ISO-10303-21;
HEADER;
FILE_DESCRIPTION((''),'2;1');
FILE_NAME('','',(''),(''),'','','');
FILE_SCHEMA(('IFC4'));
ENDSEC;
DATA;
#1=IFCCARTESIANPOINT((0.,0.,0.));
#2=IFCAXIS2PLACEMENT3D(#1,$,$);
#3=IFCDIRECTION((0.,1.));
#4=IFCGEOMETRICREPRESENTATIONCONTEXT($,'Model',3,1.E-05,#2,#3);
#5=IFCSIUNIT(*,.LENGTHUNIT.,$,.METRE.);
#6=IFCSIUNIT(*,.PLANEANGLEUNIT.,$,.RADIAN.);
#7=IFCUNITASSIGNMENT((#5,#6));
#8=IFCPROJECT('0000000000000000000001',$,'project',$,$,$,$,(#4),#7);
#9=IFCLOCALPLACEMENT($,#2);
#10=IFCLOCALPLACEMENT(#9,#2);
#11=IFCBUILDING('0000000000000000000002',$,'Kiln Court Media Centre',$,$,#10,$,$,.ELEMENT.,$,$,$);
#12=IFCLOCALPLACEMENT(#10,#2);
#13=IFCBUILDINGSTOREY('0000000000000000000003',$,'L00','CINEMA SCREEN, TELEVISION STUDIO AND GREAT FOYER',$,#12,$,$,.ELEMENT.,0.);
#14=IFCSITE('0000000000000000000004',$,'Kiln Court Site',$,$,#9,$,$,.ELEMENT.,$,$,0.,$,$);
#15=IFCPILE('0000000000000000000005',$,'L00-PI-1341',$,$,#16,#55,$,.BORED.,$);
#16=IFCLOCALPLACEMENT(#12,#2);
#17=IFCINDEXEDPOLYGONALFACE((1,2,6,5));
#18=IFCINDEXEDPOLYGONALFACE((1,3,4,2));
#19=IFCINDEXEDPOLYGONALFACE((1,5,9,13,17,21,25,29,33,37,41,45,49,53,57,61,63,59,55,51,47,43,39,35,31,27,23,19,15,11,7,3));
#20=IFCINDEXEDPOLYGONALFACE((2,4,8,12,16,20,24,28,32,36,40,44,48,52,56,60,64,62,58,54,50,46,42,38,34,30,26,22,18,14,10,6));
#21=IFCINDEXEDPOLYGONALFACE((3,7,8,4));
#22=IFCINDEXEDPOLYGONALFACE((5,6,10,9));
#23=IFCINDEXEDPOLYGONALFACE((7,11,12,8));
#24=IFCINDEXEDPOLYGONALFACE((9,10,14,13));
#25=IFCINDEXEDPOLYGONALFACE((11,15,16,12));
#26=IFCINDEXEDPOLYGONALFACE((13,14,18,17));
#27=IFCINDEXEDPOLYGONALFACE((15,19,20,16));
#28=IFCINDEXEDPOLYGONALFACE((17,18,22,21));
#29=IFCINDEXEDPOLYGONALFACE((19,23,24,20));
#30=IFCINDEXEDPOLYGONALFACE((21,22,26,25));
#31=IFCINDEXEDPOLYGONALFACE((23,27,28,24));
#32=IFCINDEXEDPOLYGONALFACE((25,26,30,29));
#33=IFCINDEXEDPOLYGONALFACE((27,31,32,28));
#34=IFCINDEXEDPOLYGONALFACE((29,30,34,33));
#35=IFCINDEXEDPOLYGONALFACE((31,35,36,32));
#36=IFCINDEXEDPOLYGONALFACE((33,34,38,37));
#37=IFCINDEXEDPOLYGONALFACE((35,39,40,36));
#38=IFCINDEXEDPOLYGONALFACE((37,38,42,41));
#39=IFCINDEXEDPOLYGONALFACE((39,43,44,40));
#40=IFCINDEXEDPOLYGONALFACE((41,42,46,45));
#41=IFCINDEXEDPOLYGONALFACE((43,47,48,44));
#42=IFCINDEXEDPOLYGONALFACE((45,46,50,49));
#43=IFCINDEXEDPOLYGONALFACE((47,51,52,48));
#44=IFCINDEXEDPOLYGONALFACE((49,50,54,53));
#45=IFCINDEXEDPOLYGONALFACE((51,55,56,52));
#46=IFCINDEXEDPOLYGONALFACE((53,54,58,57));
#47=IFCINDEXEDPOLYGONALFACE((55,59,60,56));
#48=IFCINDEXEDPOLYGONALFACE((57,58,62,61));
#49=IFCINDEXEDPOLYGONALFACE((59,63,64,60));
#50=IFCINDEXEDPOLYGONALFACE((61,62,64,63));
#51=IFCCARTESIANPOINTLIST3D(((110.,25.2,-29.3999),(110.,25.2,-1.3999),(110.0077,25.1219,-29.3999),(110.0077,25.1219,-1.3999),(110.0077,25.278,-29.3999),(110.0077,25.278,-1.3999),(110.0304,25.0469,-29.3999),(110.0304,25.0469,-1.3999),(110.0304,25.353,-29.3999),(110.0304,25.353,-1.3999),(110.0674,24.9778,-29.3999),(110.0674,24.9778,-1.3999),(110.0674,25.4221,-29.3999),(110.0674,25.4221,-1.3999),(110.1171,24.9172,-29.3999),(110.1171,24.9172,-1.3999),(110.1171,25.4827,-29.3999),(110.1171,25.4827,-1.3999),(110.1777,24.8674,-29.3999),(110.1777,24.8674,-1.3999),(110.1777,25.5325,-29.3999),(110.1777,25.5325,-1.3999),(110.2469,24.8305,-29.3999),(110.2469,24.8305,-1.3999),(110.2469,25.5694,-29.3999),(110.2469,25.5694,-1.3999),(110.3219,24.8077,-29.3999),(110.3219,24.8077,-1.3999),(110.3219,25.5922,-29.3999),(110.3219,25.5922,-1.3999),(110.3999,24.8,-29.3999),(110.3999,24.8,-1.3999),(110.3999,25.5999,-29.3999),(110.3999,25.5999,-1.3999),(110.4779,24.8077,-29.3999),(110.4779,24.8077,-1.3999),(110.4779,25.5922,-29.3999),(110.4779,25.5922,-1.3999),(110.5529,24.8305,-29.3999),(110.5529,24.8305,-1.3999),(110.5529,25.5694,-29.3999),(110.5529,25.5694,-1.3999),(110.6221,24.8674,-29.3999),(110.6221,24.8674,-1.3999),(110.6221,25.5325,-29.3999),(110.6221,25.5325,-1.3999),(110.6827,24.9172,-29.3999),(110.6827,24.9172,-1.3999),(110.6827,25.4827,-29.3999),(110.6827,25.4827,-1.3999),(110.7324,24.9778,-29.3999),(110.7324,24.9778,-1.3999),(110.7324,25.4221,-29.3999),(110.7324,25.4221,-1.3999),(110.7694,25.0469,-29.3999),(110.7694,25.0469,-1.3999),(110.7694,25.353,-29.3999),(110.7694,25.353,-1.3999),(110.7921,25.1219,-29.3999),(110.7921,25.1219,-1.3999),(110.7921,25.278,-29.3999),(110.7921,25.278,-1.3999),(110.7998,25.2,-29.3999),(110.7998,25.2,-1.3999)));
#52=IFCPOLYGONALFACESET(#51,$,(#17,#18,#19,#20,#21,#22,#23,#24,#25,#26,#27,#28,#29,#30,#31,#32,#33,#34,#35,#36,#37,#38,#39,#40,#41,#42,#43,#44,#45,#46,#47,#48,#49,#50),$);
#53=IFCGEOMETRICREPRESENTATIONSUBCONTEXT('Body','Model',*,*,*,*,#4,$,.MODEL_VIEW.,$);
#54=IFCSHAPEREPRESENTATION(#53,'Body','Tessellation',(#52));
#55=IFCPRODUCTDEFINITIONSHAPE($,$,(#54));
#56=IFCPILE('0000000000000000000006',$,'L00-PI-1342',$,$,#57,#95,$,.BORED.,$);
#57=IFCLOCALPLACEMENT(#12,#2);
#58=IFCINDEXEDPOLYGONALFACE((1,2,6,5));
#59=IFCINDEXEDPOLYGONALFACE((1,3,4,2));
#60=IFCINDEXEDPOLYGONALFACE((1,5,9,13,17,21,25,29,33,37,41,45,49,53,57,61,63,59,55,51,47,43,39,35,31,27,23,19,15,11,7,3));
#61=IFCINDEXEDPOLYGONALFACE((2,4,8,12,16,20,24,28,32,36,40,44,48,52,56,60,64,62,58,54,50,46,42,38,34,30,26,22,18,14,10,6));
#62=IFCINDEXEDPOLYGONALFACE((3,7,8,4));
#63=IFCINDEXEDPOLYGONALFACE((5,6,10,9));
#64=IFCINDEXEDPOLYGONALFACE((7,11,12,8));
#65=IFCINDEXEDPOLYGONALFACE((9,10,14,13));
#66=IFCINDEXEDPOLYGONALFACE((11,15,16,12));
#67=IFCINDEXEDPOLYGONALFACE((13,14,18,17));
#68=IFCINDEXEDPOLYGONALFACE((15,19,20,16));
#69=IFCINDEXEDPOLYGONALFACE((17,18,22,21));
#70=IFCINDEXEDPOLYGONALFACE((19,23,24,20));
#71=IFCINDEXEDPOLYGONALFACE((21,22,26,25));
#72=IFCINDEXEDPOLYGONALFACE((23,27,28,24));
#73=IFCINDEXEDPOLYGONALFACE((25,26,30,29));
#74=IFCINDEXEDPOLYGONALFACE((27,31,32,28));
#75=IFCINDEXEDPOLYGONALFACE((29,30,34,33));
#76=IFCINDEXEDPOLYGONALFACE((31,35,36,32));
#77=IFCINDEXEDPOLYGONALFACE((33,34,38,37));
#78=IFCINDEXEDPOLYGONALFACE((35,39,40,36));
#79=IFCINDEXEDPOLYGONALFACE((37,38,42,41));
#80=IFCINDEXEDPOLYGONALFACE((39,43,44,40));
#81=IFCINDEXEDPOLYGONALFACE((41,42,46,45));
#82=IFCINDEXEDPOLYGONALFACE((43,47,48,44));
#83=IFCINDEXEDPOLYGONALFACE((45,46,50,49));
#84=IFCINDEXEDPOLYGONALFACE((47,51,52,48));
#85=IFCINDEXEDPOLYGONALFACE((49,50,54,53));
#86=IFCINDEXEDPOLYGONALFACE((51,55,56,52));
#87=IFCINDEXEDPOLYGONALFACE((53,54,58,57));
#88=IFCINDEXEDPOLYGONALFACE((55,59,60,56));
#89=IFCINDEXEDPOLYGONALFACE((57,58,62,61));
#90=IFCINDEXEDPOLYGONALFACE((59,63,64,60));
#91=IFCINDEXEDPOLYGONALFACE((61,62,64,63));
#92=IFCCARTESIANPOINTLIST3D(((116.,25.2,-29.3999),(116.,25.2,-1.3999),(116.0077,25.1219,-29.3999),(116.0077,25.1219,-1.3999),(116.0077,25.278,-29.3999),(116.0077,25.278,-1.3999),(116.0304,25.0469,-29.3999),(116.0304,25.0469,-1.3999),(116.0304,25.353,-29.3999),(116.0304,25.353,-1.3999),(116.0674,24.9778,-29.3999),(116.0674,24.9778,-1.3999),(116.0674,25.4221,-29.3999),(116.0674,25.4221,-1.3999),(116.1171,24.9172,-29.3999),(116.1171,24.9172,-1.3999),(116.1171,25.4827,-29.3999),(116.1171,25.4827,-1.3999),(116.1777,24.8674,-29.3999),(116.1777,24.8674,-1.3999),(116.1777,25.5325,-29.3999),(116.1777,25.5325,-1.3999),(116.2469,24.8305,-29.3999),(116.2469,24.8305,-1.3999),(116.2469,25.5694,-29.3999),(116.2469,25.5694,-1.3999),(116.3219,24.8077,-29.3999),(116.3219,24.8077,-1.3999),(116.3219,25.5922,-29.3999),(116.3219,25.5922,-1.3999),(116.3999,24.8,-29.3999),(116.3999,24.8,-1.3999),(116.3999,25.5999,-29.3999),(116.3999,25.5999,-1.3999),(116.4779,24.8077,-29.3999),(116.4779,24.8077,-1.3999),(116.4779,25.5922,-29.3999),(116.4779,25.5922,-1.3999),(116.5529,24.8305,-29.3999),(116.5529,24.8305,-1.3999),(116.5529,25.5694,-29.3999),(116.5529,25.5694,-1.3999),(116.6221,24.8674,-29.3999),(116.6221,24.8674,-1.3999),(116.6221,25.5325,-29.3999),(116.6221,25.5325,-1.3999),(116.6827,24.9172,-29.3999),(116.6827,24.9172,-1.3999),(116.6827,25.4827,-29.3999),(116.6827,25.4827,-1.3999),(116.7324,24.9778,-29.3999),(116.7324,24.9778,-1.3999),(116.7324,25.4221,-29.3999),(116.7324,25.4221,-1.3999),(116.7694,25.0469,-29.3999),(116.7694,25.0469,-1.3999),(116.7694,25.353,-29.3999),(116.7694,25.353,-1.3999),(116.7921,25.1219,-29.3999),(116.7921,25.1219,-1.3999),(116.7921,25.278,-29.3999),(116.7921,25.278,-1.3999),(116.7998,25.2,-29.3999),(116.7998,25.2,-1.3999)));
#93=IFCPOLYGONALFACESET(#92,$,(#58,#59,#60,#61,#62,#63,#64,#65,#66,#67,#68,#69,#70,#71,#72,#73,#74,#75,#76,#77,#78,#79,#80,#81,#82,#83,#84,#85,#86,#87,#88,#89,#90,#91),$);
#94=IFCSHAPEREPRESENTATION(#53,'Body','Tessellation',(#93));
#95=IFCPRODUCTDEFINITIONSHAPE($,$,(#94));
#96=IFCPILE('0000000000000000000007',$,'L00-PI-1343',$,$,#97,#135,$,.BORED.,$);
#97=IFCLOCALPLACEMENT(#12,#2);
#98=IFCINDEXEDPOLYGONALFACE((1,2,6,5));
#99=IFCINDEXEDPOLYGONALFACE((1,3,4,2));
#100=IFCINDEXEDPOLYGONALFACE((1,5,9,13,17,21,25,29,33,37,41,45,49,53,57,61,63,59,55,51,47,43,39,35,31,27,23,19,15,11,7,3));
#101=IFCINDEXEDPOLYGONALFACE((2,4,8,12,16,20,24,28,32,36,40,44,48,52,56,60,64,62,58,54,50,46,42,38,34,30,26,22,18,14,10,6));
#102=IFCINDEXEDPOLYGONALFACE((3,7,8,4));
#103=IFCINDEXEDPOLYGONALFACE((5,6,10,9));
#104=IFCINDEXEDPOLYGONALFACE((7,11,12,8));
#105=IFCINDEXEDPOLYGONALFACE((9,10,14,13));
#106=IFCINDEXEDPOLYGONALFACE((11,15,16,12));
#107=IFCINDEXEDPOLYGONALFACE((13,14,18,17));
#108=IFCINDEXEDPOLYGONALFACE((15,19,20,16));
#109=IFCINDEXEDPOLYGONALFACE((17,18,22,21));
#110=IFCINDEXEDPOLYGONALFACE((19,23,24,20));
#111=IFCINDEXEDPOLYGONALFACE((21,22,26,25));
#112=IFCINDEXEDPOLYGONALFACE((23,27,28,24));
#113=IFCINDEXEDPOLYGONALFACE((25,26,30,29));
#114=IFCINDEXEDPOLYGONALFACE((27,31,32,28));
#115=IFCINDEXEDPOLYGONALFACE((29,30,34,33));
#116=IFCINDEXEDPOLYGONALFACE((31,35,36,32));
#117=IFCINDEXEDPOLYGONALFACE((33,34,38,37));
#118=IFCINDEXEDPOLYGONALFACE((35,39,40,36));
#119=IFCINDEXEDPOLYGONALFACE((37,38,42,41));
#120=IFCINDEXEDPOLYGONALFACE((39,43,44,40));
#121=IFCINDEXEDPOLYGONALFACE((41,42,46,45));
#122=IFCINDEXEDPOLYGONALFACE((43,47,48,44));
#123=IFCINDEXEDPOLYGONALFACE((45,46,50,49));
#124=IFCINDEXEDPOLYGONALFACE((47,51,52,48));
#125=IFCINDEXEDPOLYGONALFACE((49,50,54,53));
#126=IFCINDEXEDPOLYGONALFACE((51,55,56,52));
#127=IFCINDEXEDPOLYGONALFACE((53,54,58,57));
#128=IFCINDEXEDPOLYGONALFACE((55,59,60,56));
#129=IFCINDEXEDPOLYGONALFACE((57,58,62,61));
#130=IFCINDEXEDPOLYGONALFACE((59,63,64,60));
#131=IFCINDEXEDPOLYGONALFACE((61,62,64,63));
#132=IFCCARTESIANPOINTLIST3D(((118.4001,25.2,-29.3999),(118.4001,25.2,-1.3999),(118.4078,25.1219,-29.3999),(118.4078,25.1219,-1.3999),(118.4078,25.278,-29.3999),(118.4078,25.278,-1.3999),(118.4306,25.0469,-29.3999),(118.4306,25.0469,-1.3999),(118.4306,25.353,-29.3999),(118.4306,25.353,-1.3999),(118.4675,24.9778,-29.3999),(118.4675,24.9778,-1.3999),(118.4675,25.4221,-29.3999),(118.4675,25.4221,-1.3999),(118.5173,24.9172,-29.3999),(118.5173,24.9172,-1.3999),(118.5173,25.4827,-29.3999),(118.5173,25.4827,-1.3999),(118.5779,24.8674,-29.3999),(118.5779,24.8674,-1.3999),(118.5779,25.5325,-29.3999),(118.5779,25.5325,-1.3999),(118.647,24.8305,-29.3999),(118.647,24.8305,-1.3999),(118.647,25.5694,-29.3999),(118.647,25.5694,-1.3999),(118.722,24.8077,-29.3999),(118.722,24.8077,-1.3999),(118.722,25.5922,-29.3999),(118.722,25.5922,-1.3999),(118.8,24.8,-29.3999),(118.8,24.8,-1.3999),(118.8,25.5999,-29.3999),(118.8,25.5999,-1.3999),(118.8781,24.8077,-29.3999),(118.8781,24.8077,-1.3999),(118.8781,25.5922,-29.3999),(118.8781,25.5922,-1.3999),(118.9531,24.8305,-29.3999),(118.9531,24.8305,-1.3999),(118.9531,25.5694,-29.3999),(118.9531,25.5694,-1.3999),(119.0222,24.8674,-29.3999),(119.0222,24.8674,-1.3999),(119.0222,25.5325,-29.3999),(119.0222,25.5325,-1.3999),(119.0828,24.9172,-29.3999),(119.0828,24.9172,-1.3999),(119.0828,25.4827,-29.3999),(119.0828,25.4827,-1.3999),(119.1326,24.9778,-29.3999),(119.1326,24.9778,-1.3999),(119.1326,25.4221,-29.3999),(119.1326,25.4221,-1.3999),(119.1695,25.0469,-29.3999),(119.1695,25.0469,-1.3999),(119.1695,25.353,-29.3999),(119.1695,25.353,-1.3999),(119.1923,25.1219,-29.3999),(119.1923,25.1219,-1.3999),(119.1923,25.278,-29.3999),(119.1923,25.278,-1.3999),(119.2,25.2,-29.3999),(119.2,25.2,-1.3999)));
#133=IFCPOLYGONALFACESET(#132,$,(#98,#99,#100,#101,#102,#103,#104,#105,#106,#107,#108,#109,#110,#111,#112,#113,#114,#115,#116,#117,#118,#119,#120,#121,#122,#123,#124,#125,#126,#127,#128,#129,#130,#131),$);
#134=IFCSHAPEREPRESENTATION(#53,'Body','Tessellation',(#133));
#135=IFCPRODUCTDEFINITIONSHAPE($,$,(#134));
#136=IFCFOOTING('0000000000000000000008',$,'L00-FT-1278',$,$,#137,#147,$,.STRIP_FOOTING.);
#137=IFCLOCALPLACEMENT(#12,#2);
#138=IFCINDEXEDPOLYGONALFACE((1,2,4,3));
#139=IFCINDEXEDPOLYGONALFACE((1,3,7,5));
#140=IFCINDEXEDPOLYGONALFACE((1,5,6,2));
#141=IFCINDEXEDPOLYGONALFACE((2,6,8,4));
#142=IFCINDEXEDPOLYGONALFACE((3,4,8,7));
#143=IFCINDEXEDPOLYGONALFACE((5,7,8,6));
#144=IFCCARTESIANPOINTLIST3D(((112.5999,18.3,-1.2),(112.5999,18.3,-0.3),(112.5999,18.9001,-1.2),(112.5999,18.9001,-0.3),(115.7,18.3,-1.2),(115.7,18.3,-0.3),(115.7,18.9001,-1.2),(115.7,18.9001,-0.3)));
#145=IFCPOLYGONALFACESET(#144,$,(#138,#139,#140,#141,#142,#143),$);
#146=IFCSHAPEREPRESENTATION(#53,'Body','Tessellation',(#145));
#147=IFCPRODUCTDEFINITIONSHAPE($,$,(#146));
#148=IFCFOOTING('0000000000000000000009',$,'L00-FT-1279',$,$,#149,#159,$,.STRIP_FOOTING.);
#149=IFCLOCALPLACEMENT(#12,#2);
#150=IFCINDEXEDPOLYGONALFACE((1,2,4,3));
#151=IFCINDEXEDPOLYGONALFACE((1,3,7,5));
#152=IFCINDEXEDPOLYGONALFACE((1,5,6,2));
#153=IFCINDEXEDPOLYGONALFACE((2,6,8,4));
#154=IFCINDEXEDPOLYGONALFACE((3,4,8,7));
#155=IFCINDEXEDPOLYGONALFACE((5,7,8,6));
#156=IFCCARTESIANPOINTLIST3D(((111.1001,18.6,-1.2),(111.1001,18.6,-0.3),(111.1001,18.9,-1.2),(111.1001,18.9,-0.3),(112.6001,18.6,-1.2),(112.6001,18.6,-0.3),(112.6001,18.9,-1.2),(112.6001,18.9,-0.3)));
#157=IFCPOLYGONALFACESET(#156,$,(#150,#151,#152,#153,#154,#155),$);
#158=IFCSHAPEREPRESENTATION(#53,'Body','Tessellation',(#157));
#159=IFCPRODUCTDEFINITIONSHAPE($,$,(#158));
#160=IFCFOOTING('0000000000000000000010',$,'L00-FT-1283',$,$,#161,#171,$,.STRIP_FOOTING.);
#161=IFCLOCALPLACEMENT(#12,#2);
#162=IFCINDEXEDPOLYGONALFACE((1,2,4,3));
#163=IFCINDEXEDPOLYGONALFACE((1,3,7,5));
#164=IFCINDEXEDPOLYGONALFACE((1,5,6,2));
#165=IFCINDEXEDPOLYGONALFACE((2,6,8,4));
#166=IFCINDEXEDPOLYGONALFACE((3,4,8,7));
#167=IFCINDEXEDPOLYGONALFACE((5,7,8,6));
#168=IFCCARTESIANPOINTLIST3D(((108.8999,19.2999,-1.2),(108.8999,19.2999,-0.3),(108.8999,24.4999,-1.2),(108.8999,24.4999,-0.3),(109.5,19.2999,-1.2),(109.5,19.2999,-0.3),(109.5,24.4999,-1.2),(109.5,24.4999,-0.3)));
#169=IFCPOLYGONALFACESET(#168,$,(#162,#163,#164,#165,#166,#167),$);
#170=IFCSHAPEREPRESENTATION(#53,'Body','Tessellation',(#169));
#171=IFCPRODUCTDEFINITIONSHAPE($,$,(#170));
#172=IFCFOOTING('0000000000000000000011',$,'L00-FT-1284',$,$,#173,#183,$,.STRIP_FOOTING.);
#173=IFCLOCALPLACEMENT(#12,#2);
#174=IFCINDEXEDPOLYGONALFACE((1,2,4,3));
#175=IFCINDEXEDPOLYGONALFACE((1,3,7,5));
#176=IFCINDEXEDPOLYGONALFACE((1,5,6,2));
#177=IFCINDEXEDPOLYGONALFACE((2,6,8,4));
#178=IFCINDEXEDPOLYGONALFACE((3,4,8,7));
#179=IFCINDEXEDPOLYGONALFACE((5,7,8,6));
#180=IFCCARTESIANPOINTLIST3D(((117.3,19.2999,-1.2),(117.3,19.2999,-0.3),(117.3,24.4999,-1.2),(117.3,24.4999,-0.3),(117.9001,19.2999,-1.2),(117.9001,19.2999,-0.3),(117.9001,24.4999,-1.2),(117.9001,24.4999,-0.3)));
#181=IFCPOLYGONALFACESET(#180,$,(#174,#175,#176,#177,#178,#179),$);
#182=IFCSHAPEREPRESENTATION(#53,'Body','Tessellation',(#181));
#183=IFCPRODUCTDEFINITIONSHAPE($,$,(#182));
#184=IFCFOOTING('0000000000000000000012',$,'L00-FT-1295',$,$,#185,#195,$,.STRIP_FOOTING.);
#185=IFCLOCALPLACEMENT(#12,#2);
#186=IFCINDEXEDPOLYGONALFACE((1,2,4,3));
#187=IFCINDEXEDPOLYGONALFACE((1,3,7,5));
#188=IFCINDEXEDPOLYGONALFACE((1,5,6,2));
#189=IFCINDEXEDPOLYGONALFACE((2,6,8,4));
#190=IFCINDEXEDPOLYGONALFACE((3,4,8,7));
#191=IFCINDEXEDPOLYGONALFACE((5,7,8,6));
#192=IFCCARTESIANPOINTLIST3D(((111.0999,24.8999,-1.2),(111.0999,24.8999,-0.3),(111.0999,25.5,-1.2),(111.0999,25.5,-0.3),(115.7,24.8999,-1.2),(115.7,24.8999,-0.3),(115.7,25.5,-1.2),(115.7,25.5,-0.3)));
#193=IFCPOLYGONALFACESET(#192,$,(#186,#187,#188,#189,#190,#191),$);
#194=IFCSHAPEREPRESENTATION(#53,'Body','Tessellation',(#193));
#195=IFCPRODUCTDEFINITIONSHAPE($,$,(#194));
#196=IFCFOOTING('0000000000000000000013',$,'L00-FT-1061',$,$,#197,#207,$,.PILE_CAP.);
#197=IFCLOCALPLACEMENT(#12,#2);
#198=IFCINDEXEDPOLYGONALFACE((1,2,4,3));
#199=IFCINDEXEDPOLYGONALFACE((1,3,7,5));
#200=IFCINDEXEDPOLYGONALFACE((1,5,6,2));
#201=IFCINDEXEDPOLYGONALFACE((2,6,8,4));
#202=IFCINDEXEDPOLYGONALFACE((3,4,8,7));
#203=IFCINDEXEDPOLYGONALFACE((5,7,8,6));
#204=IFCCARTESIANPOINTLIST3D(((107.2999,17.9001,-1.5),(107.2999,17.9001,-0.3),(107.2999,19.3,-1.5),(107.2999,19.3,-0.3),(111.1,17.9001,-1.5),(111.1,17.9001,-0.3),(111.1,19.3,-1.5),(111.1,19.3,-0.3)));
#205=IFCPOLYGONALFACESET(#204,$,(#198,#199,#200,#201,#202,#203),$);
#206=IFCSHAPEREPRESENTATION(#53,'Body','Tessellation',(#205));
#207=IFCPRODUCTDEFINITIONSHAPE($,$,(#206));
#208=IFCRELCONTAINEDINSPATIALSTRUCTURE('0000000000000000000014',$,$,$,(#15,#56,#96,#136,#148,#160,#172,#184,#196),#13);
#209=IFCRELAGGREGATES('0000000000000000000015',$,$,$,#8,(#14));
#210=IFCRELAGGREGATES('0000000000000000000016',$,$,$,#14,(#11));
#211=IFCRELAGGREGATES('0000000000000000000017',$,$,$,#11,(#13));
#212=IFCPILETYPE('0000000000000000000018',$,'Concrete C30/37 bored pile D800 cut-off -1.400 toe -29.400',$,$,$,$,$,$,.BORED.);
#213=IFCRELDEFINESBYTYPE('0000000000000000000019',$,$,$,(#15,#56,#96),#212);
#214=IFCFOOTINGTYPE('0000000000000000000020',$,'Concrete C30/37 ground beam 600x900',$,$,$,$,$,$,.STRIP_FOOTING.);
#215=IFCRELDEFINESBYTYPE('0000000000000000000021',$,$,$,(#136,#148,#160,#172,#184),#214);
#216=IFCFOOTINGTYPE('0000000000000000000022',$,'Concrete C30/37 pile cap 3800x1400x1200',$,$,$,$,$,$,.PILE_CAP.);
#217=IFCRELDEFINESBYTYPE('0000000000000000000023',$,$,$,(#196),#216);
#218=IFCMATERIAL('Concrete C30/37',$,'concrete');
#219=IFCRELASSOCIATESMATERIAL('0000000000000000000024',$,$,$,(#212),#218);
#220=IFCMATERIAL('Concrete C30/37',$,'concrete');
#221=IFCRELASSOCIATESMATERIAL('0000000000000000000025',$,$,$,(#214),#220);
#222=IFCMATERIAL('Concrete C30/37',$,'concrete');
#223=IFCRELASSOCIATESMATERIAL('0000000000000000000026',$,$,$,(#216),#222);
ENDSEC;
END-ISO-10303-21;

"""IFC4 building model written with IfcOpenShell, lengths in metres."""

from ifc_helpers import new_model, si_unit, direction, frame, origin, origin_2d, place, context, subcontext, project, spatial, rectangle, circle, extrude, material, material_profile, profile_set, type_object, element, save


model = new_model("IFC4")

# Units and contexts
model_context = context("Model", 3, precision=1e-05, world=origin(), true_north=direction((0.0, 1.0)))
body_context = subcontext(model_context, "Body", "Model", "MODEL_VIEW")
ifc_project = project(units=[si_unit("LENGTHUNIT", "METRE"), si_unit("PLANEANGLEUNIT", "RADIAN")], contexts=[model_context])

# Site, building, storey
site_placement = place(None, origin())
site = spatial("IfcSite", under=ifc_project, at=site_placement, Name="Kiln Court Site", CompositionType="ELEMENT", RefElevation=0.0)
building_placement = place(site_placement, origin())
building = spatial("IfcBuilding", under=site, at=building_placement, Name="Kiln Court Media Centre", CompositionType="ELEMENT")
storey_placement = place(building_placement, origin())
storey = spatial("IfcBuildingStorey", under=building, at=storey_placement, Name="L00", Description="CINEMA SCREEN, TELEVISION STUDIO AND GREAT FOYER", CompositionType="ELEMENT", Elevation=0.0)

# Piles
ifc_material_1 = material(Name="Concrete C30/37", Category="concrete")
ifc_material_profile = material_profile(ifc_material_1, circle(Radius=0.3999, at=origin_2d()), Name="PILE D800")
ifc_profile_set = profile_set([ifc_material_profile], Name="Concrete C30/37")
pile_type = type_object("IfcPileType", Name="Concrete C30/37 bored pile D800 cut-off -1.400 toe -29.400", PredefinedType="BORED", material=ifc_profile_set)
for number, where, z_axis, x_axis, name in (
    (1, (110.3999, 25.2, -1.3999), (0.0, 0.0, -1.0), (1.0, 0.0, 0.0), "L00-PI-1341"),
    (2, (116.3999, 25.2, -1.3999), (0.0, 0.0, -1.0), (1.0, 0.0, 0.0), "L00-PI-1342"),
    (3, (118.8, 25.2, -1.3999), (0.0, 0.0, -1.0), (1.0, 0.0, 0.0), "L00-PI-1343"),
):
    element("IfcPile", number, at=place(storey_placement, frame(where, z_axis=z_axis, x_axis=x_axis)), inside=storey, type_object=pile_type, Name=name, PredefinedType="BORED", context=body_context, shape_type="SweptSolid", body=[
        extrude(circle(Radius=0.3999, at=origin_2d()), origin(), (0.0, 0.0, 1.0), 28.0),
    ])

# Footings
ifc_material_2 = material(Name="Concrete C30/37", Category="concrete")
footing_type_1 = type_object("IfcFootingType", Name="Concrete C30/37 ground beam 600x900", PredefinedType="STRIP_FOOTING", material=ifc_material_2)
footing_1_placement = place(storey_placement, frame((114.1499, 18.6001, -1.2), z_axis=(0.0, 0.0, 1.0), x_axis=(1.0, 0.0, 0.0)))
element("IfcFooting", 4, at=footing_1_placement, inside=storey, type_object=footing_type_1, Name="L00-FT-1278", PredefinedType="STRIP_FOOTING", context=body_context, shape_type="SweptSolid", body=[
    extrude(rectangle(XDim=3.1001, YDim=0.6001, at=origin_2d()), origin(), (0.0, 0.0, 1.0), 0.8999),
])
footing_2_placement = place(storey_placement, frame((111.8501, 18.75, -1.2), z_axis=(0.0, 0.0, 1.0), x_axis=(1.0, 0.0, 0.0)))
element("IfcFooting", 5, at=footing_2_placement, inside=storey, type_object=footing_type_1, Name="L00-FT-1279", PredefinedType="STRIP_FOOTING", context=body_context, shape_type="SweptSolid", body=[
    extrude(rectangle(XDim=1.5, YDim=0.3, at=origin_2d()), origin(), (0.0, 0.0, 1.0), 0.8999),
])
for number, where, z_axis, x_axis, name in (
    (6, (109.2, 21.8999, -1.2), (0.0, 0.0, 1.0), (1.0, 0.0, 0.0), "L00-FT-1283"),
    (7, (117.6001, 21.8999, -1.2), (0.0, 0.0, 1.0), (1.0, 0.0, 0.0), "L00-FT-1284"),
):
    element("IfcFooting", number, at=place(storey_placement, frame(where, z_axis=z_axis, x_axis=x_axis)), inside=storey, type_object=footing_type_1, Name=name, PredefinedType="STRIP_FOOTING", context=body_context, shape_type="SweptSolid", body=[
        extrude(rectangle(XDim=0.6001, YDim=5.2, at=origin_2d()), origin(), (0.0, 0.0, 1.0), 0.8999),
    ])
footing_3_placement = place(storey_placement, frame((113.3999, 25.2, -1.2), z_axis=(0.0, 0.0, 1.0), x_axis=(1.0, 0.0, 0.0)))
element("IfcFooting", 8, at=footing_3_placement, inside=storey, type_object=footing_type_1, Name="L00-FT-1295", PredefinedType="STRIP_FOOTING", context=body_context, shape_type="SweptSolid", body=[
    extrude(rectangle(XDim=4.6001, YDim=0.6001, at=origin_2d()), origin(), (0.0, 0.0, 1.0), 0.8999),
])
ifc_material_3 = material(Name="Concrete C30/37", Category="concrete")
footing_type_2 = type_object("IfcFootingType", Name="Concrete C30/37 pile cap 3800x1400x1200", PredefinedType="PILE_CAP", material=ifc_material_3)
for number, where, z_axis, x_axis, name in (
    (9, (109.2, 18.6001, -1.5), (0.0, 0.0, 1.0), (1.0, 0.0, 0.0), "L00-FT-1061"),
):
    element("IfcFooting", number, at=place(storey_placement, frame(where, z_axis=z_axis, x_axis=x_axis)), inside=storey, type_object=footing_type_2, Name=name, PredefinedType="PILE_CAP", context=body_context, shape_type="SweptSolid", body=[
        extrude(rectangle(XDim=3.8, YDim=1.3999, at=origin_2d()), origin(), (0.0, 0.0, 1.0), 1.2),
    ])

save(model, "model.ifc")
